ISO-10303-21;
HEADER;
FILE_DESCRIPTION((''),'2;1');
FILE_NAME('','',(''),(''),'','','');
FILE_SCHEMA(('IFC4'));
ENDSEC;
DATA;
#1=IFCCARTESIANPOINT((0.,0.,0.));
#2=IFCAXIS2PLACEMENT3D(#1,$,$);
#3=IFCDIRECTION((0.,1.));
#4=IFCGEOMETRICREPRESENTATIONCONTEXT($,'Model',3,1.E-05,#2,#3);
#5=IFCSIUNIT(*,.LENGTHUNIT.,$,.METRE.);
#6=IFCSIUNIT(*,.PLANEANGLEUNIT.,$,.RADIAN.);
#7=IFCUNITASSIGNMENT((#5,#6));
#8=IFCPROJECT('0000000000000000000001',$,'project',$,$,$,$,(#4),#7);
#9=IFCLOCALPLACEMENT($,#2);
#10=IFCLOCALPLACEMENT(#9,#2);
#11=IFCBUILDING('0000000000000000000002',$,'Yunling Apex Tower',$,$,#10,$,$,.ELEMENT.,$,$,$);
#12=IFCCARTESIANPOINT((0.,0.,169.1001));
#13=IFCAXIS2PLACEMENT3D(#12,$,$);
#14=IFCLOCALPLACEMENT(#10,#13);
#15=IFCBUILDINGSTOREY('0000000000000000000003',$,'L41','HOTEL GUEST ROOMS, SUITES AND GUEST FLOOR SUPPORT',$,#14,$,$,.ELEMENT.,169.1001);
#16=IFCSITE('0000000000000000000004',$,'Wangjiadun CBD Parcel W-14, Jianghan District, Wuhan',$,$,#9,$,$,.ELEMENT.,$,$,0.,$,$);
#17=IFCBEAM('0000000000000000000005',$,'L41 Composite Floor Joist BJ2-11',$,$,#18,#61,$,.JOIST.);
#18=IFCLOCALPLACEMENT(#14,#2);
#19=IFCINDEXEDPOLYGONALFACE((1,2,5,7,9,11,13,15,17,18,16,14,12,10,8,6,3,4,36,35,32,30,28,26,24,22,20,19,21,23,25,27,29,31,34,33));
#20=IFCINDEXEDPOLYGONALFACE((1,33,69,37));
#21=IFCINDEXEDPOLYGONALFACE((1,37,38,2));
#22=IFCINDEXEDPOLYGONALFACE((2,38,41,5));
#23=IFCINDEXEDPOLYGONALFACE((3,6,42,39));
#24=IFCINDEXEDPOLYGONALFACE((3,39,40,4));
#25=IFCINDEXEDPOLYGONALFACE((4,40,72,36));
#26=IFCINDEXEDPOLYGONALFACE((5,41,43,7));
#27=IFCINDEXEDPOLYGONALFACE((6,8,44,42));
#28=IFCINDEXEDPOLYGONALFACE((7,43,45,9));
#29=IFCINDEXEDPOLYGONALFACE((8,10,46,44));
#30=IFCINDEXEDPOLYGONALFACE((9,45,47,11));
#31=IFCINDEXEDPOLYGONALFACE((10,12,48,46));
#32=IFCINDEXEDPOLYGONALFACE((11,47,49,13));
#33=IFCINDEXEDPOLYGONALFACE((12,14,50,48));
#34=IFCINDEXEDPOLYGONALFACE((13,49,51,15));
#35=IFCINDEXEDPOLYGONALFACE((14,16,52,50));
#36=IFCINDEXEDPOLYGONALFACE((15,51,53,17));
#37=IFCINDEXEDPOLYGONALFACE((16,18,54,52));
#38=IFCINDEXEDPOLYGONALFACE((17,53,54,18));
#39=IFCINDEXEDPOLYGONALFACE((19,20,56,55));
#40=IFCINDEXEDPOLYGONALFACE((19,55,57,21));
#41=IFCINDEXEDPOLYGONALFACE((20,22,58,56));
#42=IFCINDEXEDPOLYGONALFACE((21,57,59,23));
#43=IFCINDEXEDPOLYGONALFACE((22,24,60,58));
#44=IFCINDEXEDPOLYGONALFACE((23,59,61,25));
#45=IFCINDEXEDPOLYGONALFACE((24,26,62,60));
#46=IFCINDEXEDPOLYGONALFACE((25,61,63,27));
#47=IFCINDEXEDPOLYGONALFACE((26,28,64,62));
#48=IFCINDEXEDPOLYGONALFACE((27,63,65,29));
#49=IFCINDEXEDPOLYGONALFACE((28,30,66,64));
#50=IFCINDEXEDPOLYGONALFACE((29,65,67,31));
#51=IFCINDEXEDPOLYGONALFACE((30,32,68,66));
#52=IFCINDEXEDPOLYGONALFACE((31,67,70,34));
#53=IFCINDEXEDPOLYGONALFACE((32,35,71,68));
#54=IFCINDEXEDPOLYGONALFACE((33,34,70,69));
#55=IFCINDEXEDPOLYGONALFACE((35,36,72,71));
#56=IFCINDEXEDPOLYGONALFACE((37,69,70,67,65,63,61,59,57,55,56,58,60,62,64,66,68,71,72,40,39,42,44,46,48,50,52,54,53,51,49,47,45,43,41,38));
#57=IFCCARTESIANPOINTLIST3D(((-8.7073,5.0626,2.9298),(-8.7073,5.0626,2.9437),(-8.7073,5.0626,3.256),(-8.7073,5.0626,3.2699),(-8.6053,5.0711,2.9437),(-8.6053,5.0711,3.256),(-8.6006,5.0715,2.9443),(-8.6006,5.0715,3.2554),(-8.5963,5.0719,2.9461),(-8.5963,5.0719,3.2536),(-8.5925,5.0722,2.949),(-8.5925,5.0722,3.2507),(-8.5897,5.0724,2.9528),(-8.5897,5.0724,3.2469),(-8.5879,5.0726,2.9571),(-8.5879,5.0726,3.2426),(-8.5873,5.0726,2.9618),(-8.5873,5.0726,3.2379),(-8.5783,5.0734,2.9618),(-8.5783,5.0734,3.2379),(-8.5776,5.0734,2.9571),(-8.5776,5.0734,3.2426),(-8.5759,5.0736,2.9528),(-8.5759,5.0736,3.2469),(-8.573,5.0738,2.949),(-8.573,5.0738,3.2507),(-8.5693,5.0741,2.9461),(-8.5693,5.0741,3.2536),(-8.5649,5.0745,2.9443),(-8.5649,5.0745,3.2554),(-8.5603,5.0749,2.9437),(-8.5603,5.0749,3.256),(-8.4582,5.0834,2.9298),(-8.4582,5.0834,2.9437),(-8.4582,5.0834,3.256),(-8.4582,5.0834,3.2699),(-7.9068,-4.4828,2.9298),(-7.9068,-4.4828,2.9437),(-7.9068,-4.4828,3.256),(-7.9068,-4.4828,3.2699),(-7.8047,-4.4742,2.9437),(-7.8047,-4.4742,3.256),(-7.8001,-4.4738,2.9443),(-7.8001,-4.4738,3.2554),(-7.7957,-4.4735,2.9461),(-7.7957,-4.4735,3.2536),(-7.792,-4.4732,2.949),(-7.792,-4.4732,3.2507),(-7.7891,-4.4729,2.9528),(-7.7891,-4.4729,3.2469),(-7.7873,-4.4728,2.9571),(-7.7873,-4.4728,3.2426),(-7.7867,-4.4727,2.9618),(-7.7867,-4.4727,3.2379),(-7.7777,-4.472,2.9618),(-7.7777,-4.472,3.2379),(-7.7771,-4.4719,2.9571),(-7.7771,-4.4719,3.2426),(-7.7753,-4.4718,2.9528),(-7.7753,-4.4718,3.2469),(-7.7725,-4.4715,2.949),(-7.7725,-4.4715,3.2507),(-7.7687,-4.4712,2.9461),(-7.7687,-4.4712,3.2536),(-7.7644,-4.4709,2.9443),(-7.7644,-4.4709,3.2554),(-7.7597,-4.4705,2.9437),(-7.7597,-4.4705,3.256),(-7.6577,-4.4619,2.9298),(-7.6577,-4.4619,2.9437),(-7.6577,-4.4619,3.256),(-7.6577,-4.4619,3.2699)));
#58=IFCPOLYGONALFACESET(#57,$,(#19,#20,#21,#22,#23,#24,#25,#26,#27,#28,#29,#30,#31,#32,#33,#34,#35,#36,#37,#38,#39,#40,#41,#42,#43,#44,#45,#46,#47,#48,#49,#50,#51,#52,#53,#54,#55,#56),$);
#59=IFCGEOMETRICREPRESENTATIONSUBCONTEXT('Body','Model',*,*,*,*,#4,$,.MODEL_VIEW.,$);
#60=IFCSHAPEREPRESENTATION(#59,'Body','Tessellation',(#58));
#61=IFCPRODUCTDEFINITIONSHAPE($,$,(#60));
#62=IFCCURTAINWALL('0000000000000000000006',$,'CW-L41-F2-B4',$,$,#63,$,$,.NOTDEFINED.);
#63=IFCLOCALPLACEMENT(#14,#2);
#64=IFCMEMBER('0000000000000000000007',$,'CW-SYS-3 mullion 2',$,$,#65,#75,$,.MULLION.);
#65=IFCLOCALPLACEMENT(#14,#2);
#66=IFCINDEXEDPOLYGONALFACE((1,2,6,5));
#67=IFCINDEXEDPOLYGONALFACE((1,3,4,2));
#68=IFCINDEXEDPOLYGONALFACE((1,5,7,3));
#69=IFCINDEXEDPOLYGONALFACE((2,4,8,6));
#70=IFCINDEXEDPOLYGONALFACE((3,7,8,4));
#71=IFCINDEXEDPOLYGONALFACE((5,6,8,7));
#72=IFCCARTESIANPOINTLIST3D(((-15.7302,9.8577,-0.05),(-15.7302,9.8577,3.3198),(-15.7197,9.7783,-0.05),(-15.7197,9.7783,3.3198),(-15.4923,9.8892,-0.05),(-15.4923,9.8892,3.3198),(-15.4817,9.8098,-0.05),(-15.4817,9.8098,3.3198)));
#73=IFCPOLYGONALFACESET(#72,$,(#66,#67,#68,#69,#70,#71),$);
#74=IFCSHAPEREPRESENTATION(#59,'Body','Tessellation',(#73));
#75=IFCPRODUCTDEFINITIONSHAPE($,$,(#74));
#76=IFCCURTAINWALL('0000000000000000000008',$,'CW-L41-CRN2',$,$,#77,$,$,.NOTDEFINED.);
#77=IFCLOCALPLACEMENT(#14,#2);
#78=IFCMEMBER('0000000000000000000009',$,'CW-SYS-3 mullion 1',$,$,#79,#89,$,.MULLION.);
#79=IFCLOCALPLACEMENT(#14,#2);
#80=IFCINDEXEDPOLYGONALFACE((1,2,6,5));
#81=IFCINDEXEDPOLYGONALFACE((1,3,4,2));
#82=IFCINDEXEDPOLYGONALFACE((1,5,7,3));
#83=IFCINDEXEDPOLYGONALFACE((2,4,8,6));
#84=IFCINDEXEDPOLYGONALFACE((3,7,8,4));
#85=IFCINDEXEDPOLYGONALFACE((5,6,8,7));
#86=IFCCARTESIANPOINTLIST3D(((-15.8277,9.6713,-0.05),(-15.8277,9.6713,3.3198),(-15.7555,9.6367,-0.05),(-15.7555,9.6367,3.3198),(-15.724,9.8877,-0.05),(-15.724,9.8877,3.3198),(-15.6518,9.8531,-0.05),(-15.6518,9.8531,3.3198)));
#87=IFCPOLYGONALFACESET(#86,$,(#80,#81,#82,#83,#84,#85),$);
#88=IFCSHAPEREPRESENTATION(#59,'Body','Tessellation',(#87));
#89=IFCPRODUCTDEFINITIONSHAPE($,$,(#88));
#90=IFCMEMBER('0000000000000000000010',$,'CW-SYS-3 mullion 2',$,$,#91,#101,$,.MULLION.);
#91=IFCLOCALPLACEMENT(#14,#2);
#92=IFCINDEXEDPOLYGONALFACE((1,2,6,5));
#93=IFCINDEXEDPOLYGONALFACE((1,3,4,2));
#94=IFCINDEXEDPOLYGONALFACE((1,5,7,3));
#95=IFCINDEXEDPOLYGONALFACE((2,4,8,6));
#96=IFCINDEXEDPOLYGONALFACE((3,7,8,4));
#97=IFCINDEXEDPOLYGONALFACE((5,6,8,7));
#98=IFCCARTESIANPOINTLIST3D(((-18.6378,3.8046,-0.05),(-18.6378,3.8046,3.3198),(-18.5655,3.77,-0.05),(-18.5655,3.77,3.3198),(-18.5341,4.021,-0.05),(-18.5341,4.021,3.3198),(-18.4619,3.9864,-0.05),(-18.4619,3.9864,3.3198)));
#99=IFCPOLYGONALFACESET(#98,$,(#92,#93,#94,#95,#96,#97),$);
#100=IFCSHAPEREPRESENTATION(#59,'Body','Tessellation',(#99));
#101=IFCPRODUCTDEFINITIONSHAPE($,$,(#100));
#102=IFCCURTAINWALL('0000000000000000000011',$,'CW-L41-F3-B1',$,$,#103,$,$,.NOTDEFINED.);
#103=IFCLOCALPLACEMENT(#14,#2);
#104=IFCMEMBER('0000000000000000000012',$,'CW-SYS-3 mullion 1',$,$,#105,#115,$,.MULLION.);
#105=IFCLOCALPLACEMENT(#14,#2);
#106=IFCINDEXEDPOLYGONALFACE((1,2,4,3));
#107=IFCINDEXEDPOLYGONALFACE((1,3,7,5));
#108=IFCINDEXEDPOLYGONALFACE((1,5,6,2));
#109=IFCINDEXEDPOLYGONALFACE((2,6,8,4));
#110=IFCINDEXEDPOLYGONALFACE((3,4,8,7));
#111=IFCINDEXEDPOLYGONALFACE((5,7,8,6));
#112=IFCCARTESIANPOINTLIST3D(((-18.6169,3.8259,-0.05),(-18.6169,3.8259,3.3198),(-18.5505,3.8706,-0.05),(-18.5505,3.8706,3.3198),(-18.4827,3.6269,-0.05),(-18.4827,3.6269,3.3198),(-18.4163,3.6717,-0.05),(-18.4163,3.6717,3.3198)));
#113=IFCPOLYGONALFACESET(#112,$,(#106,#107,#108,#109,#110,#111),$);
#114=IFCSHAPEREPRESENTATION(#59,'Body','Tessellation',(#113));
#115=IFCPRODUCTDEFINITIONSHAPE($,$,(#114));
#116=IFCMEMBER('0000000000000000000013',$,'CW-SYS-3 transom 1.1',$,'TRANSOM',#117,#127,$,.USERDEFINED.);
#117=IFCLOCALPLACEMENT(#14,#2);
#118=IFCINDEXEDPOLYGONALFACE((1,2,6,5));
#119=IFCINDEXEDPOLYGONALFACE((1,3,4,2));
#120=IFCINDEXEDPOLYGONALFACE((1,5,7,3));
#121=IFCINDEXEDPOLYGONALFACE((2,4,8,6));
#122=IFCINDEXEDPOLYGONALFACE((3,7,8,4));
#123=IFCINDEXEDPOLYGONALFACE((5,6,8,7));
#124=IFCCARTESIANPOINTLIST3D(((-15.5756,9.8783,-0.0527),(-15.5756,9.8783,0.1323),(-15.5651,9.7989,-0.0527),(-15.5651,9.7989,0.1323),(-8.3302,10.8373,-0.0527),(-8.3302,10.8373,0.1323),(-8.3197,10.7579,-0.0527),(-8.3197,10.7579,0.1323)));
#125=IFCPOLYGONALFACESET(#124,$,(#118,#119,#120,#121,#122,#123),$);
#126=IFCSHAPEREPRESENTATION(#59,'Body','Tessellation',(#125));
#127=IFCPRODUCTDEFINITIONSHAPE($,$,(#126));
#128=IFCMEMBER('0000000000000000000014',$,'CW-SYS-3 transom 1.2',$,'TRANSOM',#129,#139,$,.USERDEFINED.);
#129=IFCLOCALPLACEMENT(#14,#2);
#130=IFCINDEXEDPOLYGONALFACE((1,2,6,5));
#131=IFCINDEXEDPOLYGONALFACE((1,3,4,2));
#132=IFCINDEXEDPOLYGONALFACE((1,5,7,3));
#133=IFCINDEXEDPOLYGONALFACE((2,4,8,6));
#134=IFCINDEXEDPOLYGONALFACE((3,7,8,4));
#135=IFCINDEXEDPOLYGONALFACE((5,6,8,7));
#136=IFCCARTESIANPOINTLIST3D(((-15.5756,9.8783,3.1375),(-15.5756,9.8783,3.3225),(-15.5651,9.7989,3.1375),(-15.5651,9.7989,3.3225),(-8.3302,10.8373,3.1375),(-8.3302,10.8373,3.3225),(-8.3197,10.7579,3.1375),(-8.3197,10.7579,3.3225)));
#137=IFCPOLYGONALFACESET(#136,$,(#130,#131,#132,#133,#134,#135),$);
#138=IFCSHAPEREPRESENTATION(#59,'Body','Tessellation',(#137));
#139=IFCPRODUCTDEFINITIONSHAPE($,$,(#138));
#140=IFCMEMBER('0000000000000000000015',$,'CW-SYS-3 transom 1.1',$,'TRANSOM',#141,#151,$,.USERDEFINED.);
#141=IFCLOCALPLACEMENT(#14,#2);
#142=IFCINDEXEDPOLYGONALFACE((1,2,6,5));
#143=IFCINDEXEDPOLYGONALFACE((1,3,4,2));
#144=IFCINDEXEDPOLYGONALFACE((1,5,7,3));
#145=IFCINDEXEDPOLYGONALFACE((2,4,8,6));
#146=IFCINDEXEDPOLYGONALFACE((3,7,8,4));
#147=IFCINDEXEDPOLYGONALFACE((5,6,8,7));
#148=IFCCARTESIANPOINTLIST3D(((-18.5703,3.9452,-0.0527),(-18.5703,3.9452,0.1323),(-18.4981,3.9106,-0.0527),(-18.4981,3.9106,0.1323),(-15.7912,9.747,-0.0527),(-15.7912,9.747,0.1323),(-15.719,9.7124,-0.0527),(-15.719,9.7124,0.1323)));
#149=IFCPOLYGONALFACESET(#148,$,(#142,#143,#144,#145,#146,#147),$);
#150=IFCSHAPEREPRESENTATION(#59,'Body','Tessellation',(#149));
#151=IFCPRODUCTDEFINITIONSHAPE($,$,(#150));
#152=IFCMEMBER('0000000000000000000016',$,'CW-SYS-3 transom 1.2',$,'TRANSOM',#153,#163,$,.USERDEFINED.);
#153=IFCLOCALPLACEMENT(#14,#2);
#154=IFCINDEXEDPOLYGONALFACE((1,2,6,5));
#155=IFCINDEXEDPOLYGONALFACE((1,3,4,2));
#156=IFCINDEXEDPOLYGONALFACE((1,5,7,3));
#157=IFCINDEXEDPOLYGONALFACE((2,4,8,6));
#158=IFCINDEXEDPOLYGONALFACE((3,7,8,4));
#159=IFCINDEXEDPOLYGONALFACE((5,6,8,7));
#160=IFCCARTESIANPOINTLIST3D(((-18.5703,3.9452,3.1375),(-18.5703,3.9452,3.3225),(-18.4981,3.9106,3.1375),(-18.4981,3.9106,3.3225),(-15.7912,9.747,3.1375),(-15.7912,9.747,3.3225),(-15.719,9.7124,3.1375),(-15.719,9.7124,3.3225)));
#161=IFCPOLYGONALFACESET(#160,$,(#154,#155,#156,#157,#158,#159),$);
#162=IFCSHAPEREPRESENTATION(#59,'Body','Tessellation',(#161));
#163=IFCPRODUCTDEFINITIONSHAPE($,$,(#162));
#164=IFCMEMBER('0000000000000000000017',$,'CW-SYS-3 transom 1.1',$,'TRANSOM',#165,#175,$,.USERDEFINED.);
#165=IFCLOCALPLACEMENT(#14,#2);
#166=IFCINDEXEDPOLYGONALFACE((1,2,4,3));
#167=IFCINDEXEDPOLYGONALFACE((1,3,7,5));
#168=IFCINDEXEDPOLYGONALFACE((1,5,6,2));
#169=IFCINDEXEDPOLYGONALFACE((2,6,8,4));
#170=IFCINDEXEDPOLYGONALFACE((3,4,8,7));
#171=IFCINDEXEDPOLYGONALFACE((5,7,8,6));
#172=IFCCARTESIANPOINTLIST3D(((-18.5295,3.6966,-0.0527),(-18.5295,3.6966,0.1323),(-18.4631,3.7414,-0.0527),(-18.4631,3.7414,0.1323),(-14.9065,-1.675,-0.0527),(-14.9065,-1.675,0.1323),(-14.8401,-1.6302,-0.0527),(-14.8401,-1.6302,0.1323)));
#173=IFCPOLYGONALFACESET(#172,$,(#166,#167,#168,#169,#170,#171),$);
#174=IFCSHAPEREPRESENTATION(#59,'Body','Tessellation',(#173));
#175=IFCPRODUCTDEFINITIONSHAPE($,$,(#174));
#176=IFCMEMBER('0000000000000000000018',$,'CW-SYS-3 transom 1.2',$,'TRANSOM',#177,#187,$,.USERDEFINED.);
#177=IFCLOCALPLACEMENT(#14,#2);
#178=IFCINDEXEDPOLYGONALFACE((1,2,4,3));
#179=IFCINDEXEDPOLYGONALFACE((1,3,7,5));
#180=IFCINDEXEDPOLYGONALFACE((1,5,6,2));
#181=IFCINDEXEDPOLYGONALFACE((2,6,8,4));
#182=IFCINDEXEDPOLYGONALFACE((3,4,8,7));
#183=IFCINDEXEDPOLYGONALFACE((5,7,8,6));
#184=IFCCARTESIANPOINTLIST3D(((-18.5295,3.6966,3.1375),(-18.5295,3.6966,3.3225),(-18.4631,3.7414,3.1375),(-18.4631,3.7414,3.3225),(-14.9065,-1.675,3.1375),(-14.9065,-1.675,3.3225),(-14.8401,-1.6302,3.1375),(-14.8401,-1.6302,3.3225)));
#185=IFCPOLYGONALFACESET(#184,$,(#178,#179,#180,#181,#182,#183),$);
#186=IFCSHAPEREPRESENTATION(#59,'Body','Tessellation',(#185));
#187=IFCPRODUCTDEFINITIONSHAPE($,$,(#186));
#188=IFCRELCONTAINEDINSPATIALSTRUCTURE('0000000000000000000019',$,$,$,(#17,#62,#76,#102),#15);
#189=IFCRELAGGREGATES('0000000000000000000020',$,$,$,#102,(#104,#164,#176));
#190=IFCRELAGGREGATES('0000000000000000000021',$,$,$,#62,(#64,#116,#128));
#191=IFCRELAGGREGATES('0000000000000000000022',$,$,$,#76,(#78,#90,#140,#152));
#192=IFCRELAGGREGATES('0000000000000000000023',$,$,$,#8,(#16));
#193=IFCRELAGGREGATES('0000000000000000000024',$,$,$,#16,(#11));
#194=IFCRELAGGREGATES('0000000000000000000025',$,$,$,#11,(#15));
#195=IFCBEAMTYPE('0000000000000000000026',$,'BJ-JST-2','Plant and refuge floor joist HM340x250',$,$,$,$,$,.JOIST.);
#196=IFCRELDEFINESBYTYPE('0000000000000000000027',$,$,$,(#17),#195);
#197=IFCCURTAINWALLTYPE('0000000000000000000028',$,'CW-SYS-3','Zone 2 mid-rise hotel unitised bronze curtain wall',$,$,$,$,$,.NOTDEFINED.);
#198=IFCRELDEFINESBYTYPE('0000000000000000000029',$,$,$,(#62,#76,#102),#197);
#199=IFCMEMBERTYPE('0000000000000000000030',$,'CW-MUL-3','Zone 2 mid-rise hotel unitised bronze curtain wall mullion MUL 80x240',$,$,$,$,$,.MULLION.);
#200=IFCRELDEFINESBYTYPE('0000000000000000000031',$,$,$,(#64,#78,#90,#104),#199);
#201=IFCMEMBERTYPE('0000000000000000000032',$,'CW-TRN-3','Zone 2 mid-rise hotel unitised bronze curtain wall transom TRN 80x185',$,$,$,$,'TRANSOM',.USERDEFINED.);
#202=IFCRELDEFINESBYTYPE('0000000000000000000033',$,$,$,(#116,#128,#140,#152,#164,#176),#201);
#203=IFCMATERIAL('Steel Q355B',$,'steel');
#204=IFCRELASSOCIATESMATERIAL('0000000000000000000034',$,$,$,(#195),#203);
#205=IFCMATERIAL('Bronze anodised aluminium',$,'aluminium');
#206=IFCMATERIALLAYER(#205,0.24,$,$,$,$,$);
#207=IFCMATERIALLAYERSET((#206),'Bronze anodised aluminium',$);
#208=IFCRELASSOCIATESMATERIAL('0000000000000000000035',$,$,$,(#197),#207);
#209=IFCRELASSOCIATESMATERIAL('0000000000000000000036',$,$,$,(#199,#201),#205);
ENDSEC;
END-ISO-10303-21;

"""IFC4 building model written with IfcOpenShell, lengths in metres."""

from ifc_helpers import new_model, si_unit, direction, frame, origin, origin_2d, place, context, subcontext, project, spatial, rectangle, i_section, extrude, source, transform, mapped, material, layer, layer_set, material_profile, profile_set, type_object, element, aggregate, save


model = new_model("IFC4")

# Units and contexts
model_context = context("Model", 3, precision=1e-05, world=origin(), true_north=direction((0.0, 1.0)))
body_context = subcontext(model_context, "Body", "Model", "MODEL_VIEW")
ifc_project = project(units=[si_unit("LENGTHUNIT", "METRE"), si_unit("PLANEANGLEUNIT", "RADIAN")], contexts=[model_context])

# Site, building, storey
site_placement = place(None, origin())
site = spatial("IfcSite", under=ifc_project, at=site_placement, Name="Wangjiadun CBD Parcel W-14, Jianghan District, Wuhan", CompositionType="ELEMENT", RefElevation=0.0)
building_placement = place(site_placement, origin())
building = spatial("IfcBuilding", under=site, at=building_placement, Name="Yunling Apex Tower", CompositionType="ELEMENT")
storey_placement = place(building_placement, frame((0.0, 0.0, 169.1001)))
storey = spatial("IfcBuildingStorey", under=building, at=storey_placement, Name="L41", Description="HOTEL GUEST ROOMS, SUITES AND GUEST FLOOR SUPPORT", CompositionType="ELEMENT", Elevation=169.1001)

# Beam
ifc_material_1 = material(Name="Steel Q355B", Category="steel")
ifc_material_profile_1 = material_profile(ifc_material_1, i_section(OverallWidth=0.25, OverallDepth=0.3401, WebThickness=0.009, FlangeThickness=0.0139, FilletRadius=0.0181, at=origin_2d()))
ifc_profile_set_1 = profile_set([ifc_material_profile_1], Name="Steel Q355B")
beam_type_1 = type_object("IfcBeamType", Name="BJ-JST-2", Description="Plant and refuge floor joist HM340x250", PredefinedType="JOIST", material=ifc_profile_set_1)
shared_shape_1 = source(origin(), body_context, "Body", "SweptSolid", [
    extrude(i_section(OverallWidth=0.25, OverallDepth=0.3401, WebThickness=0.009, FlangeThickness=0.0139, FilletRadius=0.0181, at=origin_2d()), origin(), (0.0, 0.0, 1.0), 9.5789),
])
beam_1_placement = place(storey_placement, frame((-8.5828, 5.073, 3.0999), z_axis=(0.083573, -0.996502, 0.0), x_axis=(0.996502, 0.083573, 0.0)))
element("IfcBeam", 1, at=beam_1_placement, inside=storey, type_object=beam_type_1, Name="L41 Composite Floor Joist BJ2-11", PredefinedType="JOIST", context=body_context, shape_type="MappedRepresentation", body=[
    mapped(shared_shape_1, transform((0.0, 0.0, 0.0), scale=1.0)),
])

# Curtain wall, member
ifc_material_2 = material(Name="Bronze anodised aluminium", Category="aluminium")
ifc_layer_1 = layer(ifc_material_2, 0.24)
ifc_layer_set_1 = layer_set([ifc_layer_1], Name="Bronze anodised aluminium")
curtain_wall_type = type_object("IfcCurtainWallType", Name="CW-SYS-3", Description="Zone 2 mid-rise hotel unitised bronze curtain wall", PredefinedType="NOTDEFINED", material=ifc_layer_set_1)
curtain_wall_1_placement = place(storey_placement, origin())
curtain_wall_1 = element("IfcCurtainWall", 2, at=curtain_wall_1_placement, inside=storey, type_object=curtain_wall_type, Name="CW-L41-F2-B4", PredefinedType="NOTDEFINED")
ifc_material_profile_2 = material_profile(ifc_material_2, rectangle(XDim=0.0801, YDim=0.24, at=origin_2d()))
ifc_profile_set_2 = profile_set([ifc_material_profile_2], Name="Bronze anodised aluminium")
member_type_1 = type_object("IfcMemberType", Name="CW-MUL-3", Description="Zone 2 mid-rise hotel unitised bronze curtain wall mullion MUL 80x240", PredefinedType="MULLION", material=ifc_profile_set_2)
shared_shape_2 = source(origin(), body_context, "Body", "SweptSolid", [
    extrude(rectangle(XDim=0.0801, YDim=0.24, at=origin_2d()), origin(), (0.0, 0.0, 1.0), 3.3699),
])
member_1_placement = place(storey_placement, frame((-15.606, 9.8337, -0.05), z_axis=(0.0, 0.0, 1.0), x_axis=(0.131222, -0.991353, 0.0)))
member_1 = element("IfcMember", 3, at=member_1_placement, type_object=member_type_1, Name="CW-SYS-3 mullion 2", PredefinedType="MULLION", context=body_context, shape_type="MappedRepresentation", body=[
    mapped(shared_shape_2, transform((0.0, 0.0, 0.0), scale=1.0)),
])

# Curtain wall, members
curtain_wall_2_placement = place(storey_placement, origin())
curtain_wall_2 = element("IfcCurtainWall", 4, at=curtain_wall_2_placement, inside=storey, type_object=curtain_wall_type, Name="CW-L41-CRN2", PredefinedType="NOTDEFINED")
member_2_placement = place(storey_placement, frame((-15.7397, 9.7622, -0.05), z_axis=(0.0, 0.0, 1.0), x_axis=(0.901877, -0.431994, 0.0)))
member_2 = element("IfcMember", 5, at=member_2_placement, type_object=member_type_1, Name="CW-SYS-3 mullion 1", PredefinedType="MULLION", context=body_context, shape_type="MappedRepresentation", body=[
    mapped(shared_shape_2, transform((0.0, 0.0, 0.0), scale=1.0)),
])
member_3_placement = place(storey_placement, frame((-18.5498, 3.8955, -0.05), z_axis=(0.0, 0.0, 1.0), x_axis=(0.901877, -0.431994, 0.0)))
member_3 = element("IfcMember", 6, at=member_3_placement, type_object=member_type_1, Name="CW-SYS-3 mullion 2", PredefinedType="MULLION", context=body_context, shape_type="MappedRepresentation", body=[
    mapped(shared_shape_2, transform((0.0, 0.0, 0.0), scale=1.0)),
])

# Curtain wall, member
curtain_wall_3_placement = place(storey_placement, origin())
curtain_wall_3 = element("IfcCurtainWall", 7, at=curtain_wall_3_placement, inside=storey, type_object=curtain_wall_type, Name="CW-L41-F3-B1", PredefinedType="NOTDEFINED")
member_4_placement = place(storey_placement, frame((-18.5166, 3.7488, -0.05), z_axis=(0.0, 0.0, 1.0), x_axis=(0.829045, 0.559181, 0.0)))
member_4 = element("IfcMember", 8, at=member_4_placement, type_object=member_type_1, Name="CW-SYS-3 mullion 1", PredefinedType="MULLION", context=body_context, shape_type="MappedRepresentation", body=[
    mapped(shared_shape_2, transform((0.0, 0.0, 0.0), scale=1.0)),
])

# Members
ifc_material_profile_3 = material_profile(ifc_material_2, rectangle(XDim=0.0801, YDim=0.1851, at=origin_2d()))
ifc_profile_set_3 = profile_set([ifc_material_profile_3], Name="Bronze anodised aluminium")
member_type_2 = type_object("IfcMemberType", Name="CW-TRN-3", Description="Zone 2 mid-rise hotel unitised bronze curtain wall transom TRN 80x185", ElementType="TRANSOM", PredefinedType="USERDEFINED", material=ifc_profile_set_3)
shared_shape_3 = source(origin(), body_context, "Body", "SweptSolid", [
    extrude(rectangle(XDim=0.0801, YDim=0.1851, at=origin_2d()), origin(), (0.0, 0.0, 1.0), 7.3086),
])
member_5_placement = place(storey_placement, frame((-8.325, 10.7976, 0.0398), z_axis=(-0.991354, -0.131214, 0.0), x_axis=(0.131214, -0.991354, 0.0)))
member_5 = element("IfcMember", 9, at=member_5_placement, type_object=member_type_2, Name="CW-SYS-3 transom 1.1", ObjectType="TRANSOM", PredefinedType="USERDEFINED", context=body_context, shape_type="MappedRepresentation", body=[
    mapped(shared_shape_3, transform((0.0, 0.0, 0.0), scale=1.0)),
])
member_6_placement = place(storey_placement, frame((-8.325, 10.7976, 3.23), z_axis=(-0.991354, -0.131214, 0.0), x_axis=(0.131214, -0.991354, 0.0)))
member_6 = element("IfcMember", 10, at=member_6_placement, type_object=member_type_2, Name="CW-SYS-3 transom 1.2", ObjectType="TRANSOM", PredefinedType="USERDEFINED", context=body_context, shape_type="MappedRepresentation", body=[
    mapped(shared_shape_3, transform((0.0, 0.0, 0.0), scale=1.0)),
])
shared_shape_4 = source(origin(), body_context, "Body", "SweptSolid", [
    extrude(rectangle(XDim=0.0801, YDim=0.1851, at=origin_2d()), origin(), (0.0, 0.0, 1.0), 6.4331),
])
member_7_placement = place(storey_placement, frame((-15.7551, 9.7297, 0.0398), z_axis=(-0.431999, -0.901874, 0.0), x_axis=(0.901874, -0.431999, 0.0)))
member_7 = element("IfcMember", 11, at=member_7_placement, type_object=member_type_2, Name="CW-SYS-3 transom 1.1", ObjectType="TRANSOM", PredefinedType="USERDEFINED", context=body_context, shape_type="MappedRepresentation", body=[
    mapped(shared_shape_4, transform((0.0, 0.0, 0.0), scale=1.0)),
])
member_8_placement = place(storey_placement, frame((-15.7551, 9.7297, 3.23), z_axis=(-0.431999, -0.901874, 0.0), x_axis=(0.901874, -0.431999, 0.0)))
member_8 = element("IfcMember", 12, at=member_8_placement, type_object=member_type_2, Name="CW-SYS-3 transom 1.2", ObjectType="TRANSOM", PredefinedType="USERDEFINED", context=body_context, shape_type="MappedRepresentation", body=[
    mapped(shared_shape_4, transform((0.0, 0.0, 0.0), scale=1.0)),
])
shared_shape_5 = source(origin(), body_context, "Body", "SweptSolid", [
    extrude(rectangle(XDim=0.0801, YDim=0.1851, at=origin_2d()), origin(), (0.0, 0.0, 1.0), 6.4792),
])
member_9_placement = place(storey_placement, frame((-18.4963, 3.719, 0.0398), z_axis=(0.559179, -0.829047, 0.0), x_axis=(0.829047, 0.559179, 0.0)))
member_9 = element("IfcMember", 13, at=member_9_placement, type_object=member_type_2, Name="CW-SYS-3 transom 1.1", ObjectType="TRANSOM", PredefinedType="USERDEFINED", context=body_context, shape_type="MappedRepresentation", body=[
    mapped(shared_shape_5, transform((0.0, 0.0, 0.0), scale=1.0)),
])
member_10_placement = place(storey_placement, frame((-18.4963, 3.719, 3.23), z_axis=(0.559179, -0.829047, 0.0), x_axis=(0.829047, 0.559179, 0.0)))
member_10 = element("IfcMember", 14, at=member_10_placement, type_object=member_type_2, Name="CW-SYS-3 transom 1.2", ObjectType="TRANSOM", PredefinedType="USERDEFINED", context=body_context, shape_type="MappedRepresentation", body=[
    mapped(shared_shape_5, transform((0.0, 0.0, 0.0), scale=1.0)),
])
aggregate(curtain_wall_3, [member_4, member_9, member_10])

aggregate(curtain_wall_1, [member_1, member_5, member_6])
aggregate(curtain_wall_2, [member_2, member_3, member_7, member_8])

save(model, "model.ifc")
